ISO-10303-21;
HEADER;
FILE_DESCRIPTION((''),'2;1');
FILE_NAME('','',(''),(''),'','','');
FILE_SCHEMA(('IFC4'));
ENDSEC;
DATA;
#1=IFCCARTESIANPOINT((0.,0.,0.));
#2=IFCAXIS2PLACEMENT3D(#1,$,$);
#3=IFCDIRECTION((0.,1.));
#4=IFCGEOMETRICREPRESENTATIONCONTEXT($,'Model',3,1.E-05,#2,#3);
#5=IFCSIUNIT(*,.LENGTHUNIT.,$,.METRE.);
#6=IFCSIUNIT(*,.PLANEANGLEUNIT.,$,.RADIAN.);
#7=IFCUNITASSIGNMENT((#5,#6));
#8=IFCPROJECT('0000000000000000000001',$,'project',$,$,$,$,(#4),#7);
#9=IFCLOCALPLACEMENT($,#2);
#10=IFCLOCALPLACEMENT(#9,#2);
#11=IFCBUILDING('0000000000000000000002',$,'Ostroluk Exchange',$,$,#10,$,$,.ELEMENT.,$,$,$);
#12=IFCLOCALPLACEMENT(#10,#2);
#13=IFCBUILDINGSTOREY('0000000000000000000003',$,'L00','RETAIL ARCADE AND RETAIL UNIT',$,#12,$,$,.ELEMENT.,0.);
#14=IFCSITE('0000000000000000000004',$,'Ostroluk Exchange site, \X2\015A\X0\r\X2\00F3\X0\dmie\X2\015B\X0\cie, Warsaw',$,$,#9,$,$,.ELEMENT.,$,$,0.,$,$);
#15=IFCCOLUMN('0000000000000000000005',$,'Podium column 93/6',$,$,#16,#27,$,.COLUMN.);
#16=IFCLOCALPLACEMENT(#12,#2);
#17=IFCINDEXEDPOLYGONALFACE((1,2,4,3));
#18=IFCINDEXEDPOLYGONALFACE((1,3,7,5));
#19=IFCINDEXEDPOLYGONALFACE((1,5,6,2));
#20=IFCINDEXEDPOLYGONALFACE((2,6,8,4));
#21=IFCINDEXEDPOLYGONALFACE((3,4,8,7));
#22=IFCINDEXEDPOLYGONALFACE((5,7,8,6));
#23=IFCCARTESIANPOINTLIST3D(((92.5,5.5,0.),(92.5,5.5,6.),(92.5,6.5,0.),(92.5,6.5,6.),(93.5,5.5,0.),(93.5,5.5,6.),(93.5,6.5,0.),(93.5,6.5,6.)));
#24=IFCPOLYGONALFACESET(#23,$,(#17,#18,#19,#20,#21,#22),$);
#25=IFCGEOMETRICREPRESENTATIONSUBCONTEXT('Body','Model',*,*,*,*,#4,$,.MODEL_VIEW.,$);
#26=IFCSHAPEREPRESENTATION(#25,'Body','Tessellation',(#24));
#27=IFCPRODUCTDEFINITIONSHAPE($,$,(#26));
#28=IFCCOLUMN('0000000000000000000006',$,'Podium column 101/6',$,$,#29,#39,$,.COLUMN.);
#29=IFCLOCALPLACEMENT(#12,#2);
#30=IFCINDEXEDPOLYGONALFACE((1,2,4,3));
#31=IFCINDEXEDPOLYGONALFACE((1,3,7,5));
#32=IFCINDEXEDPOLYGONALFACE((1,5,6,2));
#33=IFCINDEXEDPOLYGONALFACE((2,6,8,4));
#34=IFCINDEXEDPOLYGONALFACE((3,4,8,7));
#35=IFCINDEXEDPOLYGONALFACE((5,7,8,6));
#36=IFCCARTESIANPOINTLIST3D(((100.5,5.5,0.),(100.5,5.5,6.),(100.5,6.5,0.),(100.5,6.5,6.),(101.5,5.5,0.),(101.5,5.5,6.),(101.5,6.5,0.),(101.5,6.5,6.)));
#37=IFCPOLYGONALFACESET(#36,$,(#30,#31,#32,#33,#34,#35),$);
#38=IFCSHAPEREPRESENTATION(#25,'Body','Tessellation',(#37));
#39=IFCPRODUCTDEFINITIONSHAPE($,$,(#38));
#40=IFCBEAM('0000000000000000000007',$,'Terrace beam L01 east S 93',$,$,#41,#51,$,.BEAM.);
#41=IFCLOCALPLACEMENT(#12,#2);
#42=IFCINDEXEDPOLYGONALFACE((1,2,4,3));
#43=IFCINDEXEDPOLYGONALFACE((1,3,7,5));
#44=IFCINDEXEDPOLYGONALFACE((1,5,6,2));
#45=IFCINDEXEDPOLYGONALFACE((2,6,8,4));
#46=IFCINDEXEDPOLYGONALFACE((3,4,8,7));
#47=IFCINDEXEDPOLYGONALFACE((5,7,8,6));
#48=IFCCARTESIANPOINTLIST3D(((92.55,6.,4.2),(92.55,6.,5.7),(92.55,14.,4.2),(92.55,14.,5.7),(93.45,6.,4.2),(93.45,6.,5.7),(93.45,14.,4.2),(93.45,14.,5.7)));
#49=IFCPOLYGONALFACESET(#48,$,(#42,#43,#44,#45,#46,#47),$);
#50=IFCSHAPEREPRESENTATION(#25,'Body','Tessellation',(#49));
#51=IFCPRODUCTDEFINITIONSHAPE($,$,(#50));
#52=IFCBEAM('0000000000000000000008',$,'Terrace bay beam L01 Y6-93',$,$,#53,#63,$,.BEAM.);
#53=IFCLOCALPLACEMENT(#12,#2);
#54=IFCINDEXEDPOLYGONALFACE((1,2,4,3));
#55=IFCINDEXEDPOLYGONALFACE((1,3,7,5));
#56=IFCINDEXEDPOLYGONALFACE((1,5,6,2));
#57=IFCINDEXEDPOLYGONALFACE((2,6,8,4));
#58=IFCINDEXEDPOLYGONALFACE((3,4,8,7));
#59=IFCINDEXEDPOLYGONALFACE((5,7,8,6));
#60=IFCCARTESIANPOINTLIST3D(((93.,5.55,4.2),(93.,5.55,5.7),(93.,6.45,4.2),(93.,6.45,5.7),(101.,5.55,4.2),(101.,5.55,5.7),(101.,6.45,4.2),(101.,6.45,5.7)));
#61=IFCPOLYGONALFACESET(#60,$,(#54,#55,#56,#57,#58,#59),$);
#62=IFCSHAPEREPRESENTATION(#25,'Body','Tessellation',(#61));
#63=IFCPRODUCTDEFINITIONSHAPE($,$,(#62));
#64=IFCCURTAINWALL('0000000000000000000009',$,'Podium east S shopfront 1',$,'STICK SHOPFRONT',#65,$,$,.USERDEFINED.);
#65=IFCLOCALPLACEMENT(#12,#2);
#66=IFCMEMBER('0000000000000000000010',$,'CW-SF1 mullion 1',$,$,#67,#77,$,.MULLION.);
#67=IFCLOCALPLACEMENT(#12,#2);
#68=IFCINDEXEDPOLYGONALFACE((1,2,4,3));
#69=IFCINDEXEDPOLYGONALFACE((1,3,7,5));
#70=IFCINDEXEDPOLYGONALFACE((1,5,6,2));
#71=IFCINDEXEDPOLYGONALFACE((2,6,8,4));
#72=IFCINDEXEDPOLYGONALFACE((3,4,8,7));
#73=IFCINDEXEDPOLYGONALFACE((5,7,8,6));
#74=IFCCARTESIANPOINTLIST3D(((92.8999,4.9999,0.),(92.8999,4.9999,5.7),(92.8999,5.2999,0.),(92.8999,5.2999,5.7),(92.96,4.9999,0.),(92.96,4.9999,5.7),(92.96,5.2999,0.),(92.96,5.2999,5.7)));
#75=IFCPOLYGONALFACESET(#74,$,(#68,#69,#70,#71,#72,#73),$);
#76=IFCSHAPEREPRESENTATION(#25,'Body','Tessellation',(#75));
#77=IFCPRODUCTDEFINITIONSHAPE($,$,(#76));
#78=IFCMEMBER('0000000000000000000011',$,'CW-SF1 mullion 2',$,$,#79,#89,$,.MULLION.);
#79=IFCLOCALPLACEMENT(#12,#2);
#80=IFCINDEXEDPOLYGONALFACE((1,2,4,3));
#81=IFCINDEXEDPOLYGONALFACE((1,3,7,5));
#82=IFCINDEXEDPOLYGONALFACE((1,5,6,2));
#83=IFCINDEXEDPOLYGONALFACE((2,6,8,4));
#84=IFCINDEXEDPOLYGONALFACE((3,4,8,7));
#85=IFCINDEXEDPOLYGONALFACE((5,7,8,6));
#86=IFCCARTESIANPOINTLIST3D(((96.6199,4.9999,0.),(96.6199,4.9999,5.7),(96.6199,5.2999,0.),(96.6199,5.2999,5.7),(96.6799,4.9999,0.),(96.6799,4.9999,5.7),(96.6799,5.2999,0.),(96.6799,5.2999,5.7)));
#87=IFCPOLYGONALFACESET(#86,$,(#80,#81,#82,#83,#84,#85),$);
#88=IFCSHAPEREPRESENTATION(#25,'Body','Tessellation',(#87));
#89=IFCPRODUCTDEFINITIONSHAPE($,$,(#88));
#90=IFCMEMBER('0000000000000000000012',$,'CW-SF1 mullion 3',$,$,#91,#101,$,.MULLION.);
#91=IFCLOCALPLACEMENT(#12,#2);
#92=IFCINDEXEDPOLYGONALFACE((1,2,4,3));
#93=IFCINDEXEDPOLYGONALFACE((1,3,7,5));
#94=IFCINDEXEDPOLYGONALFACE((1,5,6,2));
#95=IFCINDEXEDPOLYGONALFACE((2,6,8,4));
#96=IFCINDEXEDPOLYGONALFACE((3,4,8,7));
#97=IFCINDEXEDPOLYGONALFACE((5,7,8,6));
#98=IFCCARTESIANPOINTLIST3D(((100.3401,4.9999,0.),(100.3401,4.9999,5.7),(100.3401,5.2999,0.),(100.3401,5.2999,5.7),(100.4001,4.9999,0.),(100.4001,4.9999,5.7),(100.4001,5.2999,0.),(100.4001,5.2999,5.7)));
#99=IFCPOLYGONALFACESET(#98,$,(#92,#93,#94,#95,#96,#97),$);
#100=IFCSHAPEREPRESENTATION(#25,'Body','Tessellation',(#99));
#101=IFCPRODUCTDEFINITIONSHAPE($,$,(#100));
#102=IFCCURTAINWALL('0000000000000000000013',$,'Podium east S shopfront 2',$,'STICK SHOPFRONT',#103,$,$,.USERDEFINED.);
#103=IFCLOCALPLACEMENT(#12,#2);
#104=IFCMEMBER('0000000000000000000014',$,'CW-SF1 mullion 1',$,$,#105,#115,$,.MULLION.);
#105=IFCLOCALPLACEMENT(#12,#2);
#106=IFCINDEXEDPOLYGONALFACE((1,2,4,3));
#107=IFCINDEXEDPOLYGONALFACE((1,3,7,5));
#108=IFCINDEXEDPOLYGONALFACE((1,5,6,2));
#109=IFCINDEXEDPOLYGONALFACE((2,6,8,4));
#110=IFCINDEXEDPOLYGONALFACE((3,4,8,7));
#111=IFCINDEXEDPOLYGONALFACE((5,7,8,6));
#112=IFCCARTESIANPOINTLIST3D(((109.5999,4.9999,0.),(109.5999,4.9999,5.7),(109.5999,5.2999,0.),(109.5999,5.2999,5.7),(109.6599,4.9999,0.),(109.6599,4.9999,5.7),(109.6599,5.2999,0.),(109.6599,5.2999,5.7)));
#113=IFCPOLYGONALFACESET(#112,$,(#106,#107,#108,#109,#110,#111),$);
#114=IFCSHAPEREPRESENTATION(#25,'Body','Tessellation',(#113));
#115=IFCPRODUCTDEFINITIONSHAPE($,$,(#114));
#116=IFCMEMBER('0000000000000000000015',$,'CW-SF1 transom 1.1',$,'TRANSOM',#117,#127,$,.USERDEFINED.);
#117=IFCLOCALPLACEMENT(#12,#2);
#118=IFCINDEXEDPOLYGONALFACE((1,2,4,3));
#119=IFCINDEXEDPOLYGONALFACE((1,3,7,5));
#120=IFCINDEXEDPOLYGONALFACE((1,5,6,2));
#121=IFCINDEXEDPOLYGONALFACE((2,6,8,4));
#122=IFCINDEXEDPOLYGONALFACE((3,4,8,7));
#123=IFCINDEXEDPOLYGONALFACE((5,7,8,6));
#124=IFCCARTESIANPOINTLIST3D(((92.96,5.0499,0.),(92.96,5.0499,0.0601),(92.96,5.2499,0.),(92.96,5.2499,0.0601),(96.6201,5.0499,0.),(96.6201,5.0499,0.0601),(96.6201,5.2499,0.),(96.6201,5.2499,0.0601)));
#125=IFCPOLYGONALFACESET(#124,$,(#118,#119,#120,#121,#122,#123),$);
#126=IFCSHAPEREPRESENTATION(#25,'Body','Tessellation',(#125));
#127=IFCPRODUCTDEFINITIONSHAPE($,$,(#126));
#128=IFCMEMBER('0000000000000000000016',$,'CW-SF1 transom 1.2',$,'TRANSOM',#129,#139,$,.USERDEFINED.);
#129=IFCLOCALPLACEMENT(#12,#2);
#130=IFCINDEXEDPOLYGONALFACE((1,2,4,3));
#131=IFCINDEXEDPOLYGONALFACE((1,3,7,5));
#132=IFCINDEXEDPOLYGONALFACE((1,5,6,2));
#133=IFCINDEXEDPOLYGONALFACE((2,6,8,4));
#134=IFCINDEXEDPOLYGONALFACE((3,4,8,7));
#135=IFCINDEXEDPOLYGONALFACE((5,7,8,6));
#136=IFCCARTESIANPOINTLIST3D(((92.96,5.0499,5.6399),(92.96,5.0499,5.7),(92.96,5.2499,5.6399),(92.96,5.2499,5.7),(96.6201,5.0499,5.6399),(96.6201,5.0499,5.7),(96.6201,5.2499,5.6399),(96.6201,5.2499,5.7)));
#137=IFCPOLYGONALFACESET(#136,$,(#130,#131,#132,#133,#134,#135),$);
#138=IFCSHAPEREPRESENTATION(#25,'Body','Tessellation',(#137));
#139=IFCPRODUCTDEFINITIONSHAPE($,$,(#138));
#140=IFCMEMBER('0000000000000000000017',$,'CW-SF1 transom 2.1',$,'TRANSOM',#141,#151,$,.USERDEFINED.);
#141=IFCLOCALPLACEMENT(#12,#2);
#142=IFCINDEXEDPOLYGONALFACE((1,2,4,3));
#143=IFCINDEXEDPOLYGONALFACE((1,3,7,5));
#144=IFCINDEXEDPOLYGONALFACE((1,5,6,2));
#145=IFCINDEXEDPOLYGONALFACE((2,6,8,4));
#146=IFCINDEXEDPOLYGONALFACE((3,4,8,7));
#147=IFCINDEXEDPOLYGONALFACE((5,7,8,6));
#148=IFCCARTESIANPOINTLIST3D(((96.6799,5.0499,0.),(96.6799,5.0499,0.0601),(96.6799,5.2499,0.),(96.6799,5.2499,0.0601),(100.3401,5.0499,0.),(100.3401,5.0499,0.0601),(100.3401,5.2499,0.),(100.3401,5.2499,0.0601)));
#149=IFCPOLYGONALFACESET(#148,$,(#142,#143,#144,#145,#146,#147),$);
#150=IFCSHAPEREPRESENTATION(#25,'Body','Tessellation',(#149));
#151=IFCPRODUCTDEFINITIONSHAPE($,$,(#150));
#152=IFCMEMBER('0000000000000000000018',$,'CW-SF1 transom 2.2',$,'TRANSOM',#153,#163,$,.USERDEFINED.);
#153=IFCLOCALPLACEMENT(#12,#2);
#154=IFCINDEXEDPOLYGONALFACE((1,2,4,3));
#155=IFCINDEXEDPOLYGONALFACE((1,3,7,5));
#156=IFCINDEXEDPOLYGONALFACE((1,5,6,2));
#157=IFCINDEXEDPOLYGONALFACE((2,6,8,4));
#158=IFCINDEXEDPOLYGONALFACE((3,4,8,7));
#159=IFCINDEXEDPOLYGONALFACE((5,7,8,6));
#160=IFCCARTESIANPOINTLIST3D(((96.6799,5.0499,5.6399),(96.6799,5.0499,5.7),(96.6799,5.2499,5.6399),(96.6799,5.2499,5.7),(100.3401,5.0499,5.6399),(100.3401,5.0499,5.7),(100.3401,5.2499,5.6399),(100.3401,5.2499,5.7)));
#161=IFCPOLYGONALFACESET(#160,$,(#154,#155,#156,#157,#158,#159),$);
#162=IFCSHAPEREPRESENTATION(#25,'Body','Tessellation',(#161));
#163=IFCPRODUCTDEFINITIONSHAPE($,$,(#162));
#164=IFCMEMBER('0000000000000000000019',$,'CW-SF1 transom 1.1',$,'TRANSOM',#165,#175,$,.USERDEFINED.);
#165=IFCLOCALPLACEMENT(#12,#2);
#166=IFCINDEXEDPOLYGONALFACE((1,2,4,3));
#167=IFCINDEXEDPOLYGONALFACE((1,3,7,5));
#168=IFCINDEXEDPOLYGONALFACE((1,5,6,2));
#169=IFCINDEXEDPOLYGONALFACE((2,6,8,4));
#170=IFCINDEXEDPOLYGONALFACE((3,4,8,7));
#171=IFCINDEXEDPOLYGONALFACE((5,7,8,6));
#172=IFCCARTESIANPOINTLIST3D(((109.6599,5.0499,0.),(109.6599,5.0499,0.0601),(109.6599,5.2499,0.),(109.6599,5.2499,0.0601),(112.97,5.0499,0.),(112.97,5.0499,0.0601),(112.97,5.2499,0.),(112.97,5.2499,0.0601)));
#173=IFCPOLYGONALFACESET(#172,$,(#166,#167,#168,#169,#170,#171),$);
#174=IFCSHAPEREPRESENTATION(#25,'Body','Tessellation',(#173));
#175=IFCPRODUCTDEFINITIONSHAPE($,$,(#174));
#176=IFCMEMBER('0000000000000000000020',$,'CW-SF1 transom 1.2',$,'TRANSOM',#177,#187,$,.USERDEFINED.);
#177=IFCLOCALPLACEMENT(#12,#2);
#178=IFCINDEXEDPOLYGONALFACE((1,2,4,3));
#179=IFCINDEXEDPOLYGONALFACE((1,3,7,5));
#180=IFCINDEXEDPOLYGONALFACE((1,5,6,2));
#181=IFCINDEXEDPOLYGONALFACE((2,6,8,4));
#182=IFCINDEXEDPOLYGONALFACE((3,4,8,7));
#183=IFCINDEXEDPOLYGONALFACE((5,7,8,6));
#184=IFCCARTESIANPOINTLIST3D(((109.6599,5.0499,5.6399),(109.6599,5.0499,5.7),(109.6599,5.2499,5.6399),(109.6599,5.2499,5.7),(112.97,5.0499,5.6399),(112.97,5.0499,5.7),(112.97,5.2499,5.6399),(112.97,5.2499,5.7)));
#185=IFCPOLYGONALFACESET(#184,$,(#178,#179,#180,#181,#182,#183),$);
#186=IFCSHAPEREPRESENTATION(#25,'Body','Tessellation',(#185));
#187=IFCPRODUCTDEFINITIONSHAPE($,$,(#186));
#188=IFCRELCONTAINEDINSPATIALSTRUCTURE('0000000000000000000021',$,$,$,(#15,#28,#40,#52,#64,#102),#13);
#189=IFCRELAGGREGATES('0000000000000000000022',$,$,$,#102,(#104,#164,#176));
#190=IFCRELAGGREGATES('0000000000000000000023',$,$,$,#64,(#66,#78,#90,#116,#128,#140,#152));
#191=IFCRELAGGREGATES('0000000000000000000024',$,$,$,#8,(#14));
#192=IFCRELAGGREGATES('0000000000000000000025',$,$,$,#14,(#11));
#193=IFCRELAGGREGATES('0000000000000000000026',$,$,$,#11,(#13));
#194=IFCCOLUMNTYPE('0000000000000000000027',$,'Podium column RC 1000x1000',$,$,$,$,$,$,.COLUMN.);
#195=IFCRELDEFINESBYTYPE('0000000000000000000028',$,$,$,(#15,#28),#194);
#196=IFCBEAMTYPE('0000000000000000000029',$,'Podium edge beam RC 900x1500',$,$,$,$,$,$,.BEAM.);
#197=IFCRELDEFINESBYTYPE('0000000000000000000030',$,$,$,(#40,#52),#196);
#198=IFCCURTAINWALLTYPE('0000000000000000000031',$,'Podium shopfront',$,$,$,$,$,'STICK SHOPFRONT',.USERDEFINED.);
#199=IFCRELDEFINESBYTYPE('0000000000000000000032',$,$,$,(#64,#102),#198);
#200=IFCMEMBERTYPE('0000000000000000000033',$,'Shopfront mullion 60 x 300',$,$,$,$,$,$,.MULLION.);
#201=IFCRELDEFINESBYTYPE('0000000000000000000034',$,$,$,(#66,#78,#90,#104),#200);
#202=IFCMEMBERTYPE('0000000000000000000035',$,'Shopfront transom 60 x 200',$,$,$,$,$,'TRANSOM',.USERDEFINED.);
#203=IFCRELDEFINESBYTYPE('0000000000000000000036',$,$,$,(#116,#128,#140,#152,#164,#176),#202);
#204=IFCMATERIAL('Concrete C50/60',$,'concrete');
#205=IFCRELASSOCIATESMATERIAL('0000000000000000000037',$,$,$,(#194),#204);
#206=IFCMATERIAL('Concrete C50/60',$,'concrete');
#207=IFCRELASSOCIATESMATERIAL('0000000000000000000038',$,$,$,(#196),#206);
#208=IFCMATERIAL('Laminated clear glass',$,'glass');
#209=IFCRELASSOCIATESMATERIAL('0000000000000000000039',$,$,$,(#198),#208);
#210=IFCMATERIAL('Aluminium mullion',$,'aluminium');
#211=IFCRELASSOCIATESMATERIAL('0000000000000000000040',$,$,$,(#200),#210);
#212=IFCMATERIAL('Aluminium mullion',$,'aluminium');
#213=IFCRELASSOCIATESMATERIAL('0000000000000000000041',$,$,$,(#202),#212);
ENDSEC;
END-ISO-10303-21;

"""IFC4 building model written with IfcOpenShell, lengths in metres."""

from ifc_helpers import new_model, si_unit, direction, frame, origin, origin_2d, place, context, subcontext, project, spatial, rectangle, extrude, material, material_profile, profile_set, type_object, element, aggregate, save


model = new_model("IFC4")

# Units and contexts
model_context = context("Model", 3, precision=1e-05, world=origin(), true_north=direction((0.0, 1.0)))
body_context = subcontext(model_context, "Body", "Model", "MODEL_VIEW")
ifc_project = project(units=[si_unit("LENGTHUNIT", "METRE"), si_unit("PLANEANGLEUNIT", "RADIAN")], contexts=[model_context])

# Site, building, storey
site_placement = place(None, origin())
site = spatial("IfcSite", under=ifc_project, at=site_placement, Name="Ostroluk Exchange site, Śródmieście, Warsaw", CompositionType="ELEMENT", RefElevation=0.0)
building_placement = place(site_placement, origin())
building = spatial("IfcBuilding", under=site, at=building_placement, Name="Ostroluk Exchange", CompositionType="ELEMENT")
storey_placement = place(building_placement, origin())
storey = spatial("IfcBuildingStorey", under=building, at=storey_placement, Name="L00", Description="RETAIL ARCADE AND RETAIL UNIT", CompositionType="ELEMENT", Elevation=0.0)

# Columns
ifc_material_1 = material(Name="Concrete C50/60", Category="concrete")
ifc_material_profile_1 = material_profile(ifc_material_1, rectangle(XDim=1.0, YDim=1.0, at=origin_2d()), Name="RC 1000x1000")
ifc_profile_set_1 = profile_set([ifc_material_profile_1], Name="Concrete C50/60")
column_type = type_object("IfcColumnType", Name="Podium column RC 1000x1000", PredefinedType="COLUMN", material=ifc_profile_set_1)
for number, where, z_axis, x_axis, name in (
    (1, (93.0, 6.0, 0.0), (0.0, 0.0, 1.0), (1.0, 0.0, 0.0), "Podium column 93/6"),
    (2, (101.0, 6.0, 0.0), (0.0, 0.0, 1.0), (1.0, 0.0, 0.0), "Podium column 101/6"),
):
    element("IfcColumn", number, at=place(storey_placement, frame(where, z_axis=z_axis, x_axis=x_axis)), inside=storey, type_object=column_type, Name=name, PredefinedType="COLUMN", context=body_context, shape_type="SweptSolid", body=[
        extrude(rectangle(XDim=1.0, YDim=1.0, at=origin_2d()), origin(), (0.0, 0.0, 1.0), 6.0),
    ])

# Beams
ifc_material_2 = material(Name="Concrete C50/60", Category="concrete")
ifc_material_profile_2 = material_profile(ifc_material_2, rectangle(XDim=0.8999, YDim=1.5, at=origin_2d()), Name="RC 900x1500")
ifc_profile_set_2 = profile_set([ifc_material_profile_2], Name="Concrete C50/60")
beam_type = type_object("IfcBeamType", Name="Podium edge beam RC 900x1500", PredefinedType="BEAM", material=ifc_profile_set_2)
for number, where, z_axis, x_axis, name in (
    (3, (93.0, 6.0, 4.95), (0.0, 1.0, 0.0), (-1.0, 0.0, 0.0), "Terrace beam L01 east S 93"),
    (4, (93.0, 6.0, 4.95), (1.0, 0.0, 0.0), (0.0, 1.0, 0.0), "Terrace bay beam L01 Y6-93"),
):
    element("IfcBeam", number, at=place(storey_placement, frame(where, z_axis=z_axis, x_axis=x_axis)), inside=storey, type_object=beam_type, Name=name, PredefinedType="BEAM", context=body_context, shape_type="SweptSolid", body=[
        extrude(rectangle(XDim=0.8999, YDim=1.5, at=origin_2d()), origin(), (0.0, 0.0, 1.0), 8.0),
    ])

# Curtain wall, members
ifc_material_3 = material(Name="Laminated clear glass", Category="glass")
curtain_wall_type = type_object("IfcCurtainWallType", Name="Podium shopfront", ElementType="STICK SHOPFRONT", PredefinedType="USERDEFINED", material=ifc_material_3)
curtain_wall_1_placement = place(storey_placement, origin())
curtain_wall_1 = element("IfcCurtainWall", 5, at=curtain_wall_1_placement, inside=storey, type_object=curtain_wall_type, Name="Podium east S shopfront 1", ObjectType="STICK SHOPFRONT", PredefinedType="USERDEFINED")
ifc_material_4 = material(Name="Aluminium mullion", Category="aluminium")
ifc_material_profile_3 = material_profile(ifc_material_4, rectangle(XDim=0.3, YDim=0.0601, at=origin_2d()), Name="Shopfront mullion 60 x 300")
ifc_profile_set_3 = profile_set([ifc_material_profile_3], Name="Aluminium mullion")
member_type_1 = type_object("IfcMemberType", Name="Shopfront mullion 60 x 300", PredefinedType="MULLION", material=ifc_profile_set_3)
member_1_placement = place(storey_placement, frame((92.9299, 5.1499, 0.0), z_axis=(0.0, 0.0, 1.0), x_axis=(0.0, 1.0, 0.0)))
member_1 = element("IfcMember", 6, at=member_1_placement, type_object=member_type_1, Name="CW-SF1 mullion 1", PredefinedType="MULLION", context=body_context, shape_type="SweptSolid", body=[
    extrude(rectangle(XDim=0.3, YDim=0.0601, at=origin_2d()), origin(), (0.0, 0.0, 1.0), 5.7),
])
member_2_placement = place(storey_placement, frame((96.6499, 5.1499, 0.0), z_axis=(0.0, 0.0, 1.0), x_axis=(0.0, 1.0, 0.0)))
member_2 = element("IfcMember", 7, at=member_2_placement, type_object=member_type_1, Name="CW-SF1 mullion 2", PredefinedType="MULLION", context=body_context, shape_type="SweptSolid", body=[
    extrude(rectangle(XDim=0.3, YDim=0.0601, at=origin_2d()), origin(), (0.0, 0.0, 1.0), 5.7),
])
member_3_placement = place(storey_placement, frame((100.3701, 5.1499, 0.0), z_axis=(0.0, 0.0, 1.0), x_axis=(0.0, 1.0, 0.0)))
member_3 = element("IfcMember", 8, at=member_3_placement, type_object=member_type_1, Name="CW-SF1 mullion 3", PredefinedType="MULLION", context=body_context, shape_type="SweptSolid", body=[
    extrude(rectangle(XDim=0.3, YDim=0.0601, at=origin_2d()), origin(), (0.0, 0.0, 1.0), 5.7),
])

# Curtain wall, member
curtain_wall_2_placement = place(storey_placement, origin())
curtain_wall_2 = element("IfcCurtainWall", 9, at=curtain_wall_2_placement, inside=storey, type_object=curtain_wall_type, Name="Podium east S shopfront 2", ObjectType="STICK SHOPFRONT", PredefinedType="USERDEFINED")
member_4_placement = place(storey_placement, frame((109.6299, 5.1499, 0.0), z_axis=(0.0, 0.0, 1.0), x_axis=(0.0, 1.0, 0.0)))
member_4 = element("IfcMember", 10, at=member_4_placement, type_object=member_type_1, Name="CW-SF1 mullion 1", PredefinedType="MULLION", context=body_context, shape_type="SweptSolid", body=[
    extrude(rectangle(XDim=0.3, YDim=0.0601, at=origin_2d()), origin(), (0.0, 0.0, 1.0), 5.7),
])

# Members
ifc_material_5 = material(Name="Aluminium mullion", Category="aluminium")
ifc_material_profile_4 = material_profile(ifc_material_5, rectangle(XDim=0.2, YDim=0.0601, at=origin_2d()), Name="Shopfront transom 60 x 200")
ifc_profile_set_4 = profile_set([ifc_material_profile_4], Name="Aluminium mullion")
member_type_2 = type_object("IfcMemberType", Name="Shopfront transom 60 x 200", ElementType="TRANSOM", PredefinedType="USERDEFINED", material=ifc_profile_set_4)
member_5_placement = place(storey_placement, frame((92.96, 5.1499, 0.03), z_axis=(1.0, 0.0, 0.0), x_axis=(0.0, 1.0, 0.0)))
member_5 = element("IfcMember", 11, at=member_5_placement, type_object=member_type_2, Name="CW-SF1 transom 1.1", ObjectType="TRANSOM", PredefinedType="USERDEFINED", context=body_context, shape_type="SweptSolid", body=[
    extrude(rectangle(XDim=0.2, YDim=0.0601, at=origin_2d()), origin(), (0.0, 0.0, 1.0), 3.6602),
])
member_6_placement = place(storey_placement, frame((92.96, 5.1499, 5.6699), z_axis=(1.0, 0.0, 0.0), x_axis=(0.0, 1.0, 0.0)))
member_6 = element("IfcMember", 12, at=member_6_placement, type_object=member_type_2, Name="CW-SF1 transom 1.2", ObjectType="TRANSOM", PredefinedType="USERDEFINED", context=body_context, shape_type="SweptSolid", body=[
    extrude(rectangle(XDim=0.2, YDim=0.0601, at=origin_2d()), origin(), (0.0, 0.0, 1.0), 3.6602),
])
member_7_placement = place(storey_placement, frame((96.6799, 5.1499, 0.03), z_axis=(1.0, 0.0, 0.0), x_axis=(0.0, 1.0, 0.0)))
member_7 = element("IfcMember", 13, at=member_7_placement, type_object=member_type_2, Name="CW-SF1 transom 2.1", ObjectType="TRANSOM", PredefinedType="USERDEFINED", context=body_context, shape_type="SweptSolid", body=[
    extrude(rectangle(XDim=0.2, YDim=0.0601, at=origin_2d()), origin(), (0.0, 0.0, 1.0), 3.6602),
])
member_8_placement = place(storey_placement, frame((96.6799, 5.1499, 5.6699), z_axis=(1.0, 0.0, 0.0), x_axis=(0.0, 1.0, 0.0)))
member_8 = element("IfcMember", 14, at=member_8_placement, type_object=member_type_2, Name="CW-SF1 transom 2.2", ObjectType="TRANSOM", PredefinedType="USERDEFINED", context=body_context, shape_type="SweptSolid", body=[
    extrude(rectangle(XDim=0.2, YDim=0.0601, at=origin_2d()), origin(), (0.0, 0.0, 1.0), 3.6602),
])
member_9_placement = place(storey_placement, frame((109.6599, 5.1499, 0.03), z_axis=(1.0, 0.0, 0.0), x_axis=(0.0, 1.0, 0.0)))
member_9 = element("IfcMember", 15, at=member_9_placement, type_object=member_type_2, Name="CW-SF1 transom 1.1", ObjectType="TRANSOM", PredefinedType="USERDEFINED", context=body_context, shape_type="SweptSolid", body=[
    extrude(rectangle(XDim=0.2, YDim=0.0601, at=origin_2d()), origin(), (0.0, 0.0, 1.0), 3.3101),
])
member_10_placement = place(storey_placement, frame((109.6599, 5.1499, 5.6699), z_axis=(1.0, 0.0, 0.0), x_axis=(0.0, 1.0, 0.0)))
member_10 = element("IfcMember", 16, at=member_10_placement, type_object=member_type_2, Name="CW-SF1 transom 1.2", ObjectType="TRANSOM", PredefinedType="USERDEFINED", context=body_context, shape_type="SweptSolid", body=[
    extrude(rectangle(XDim=0.2, YDim=0.0601, at=origin_2d()), origin(), (0.0, 0.0, 1.0), 3.3101),
])
aggregate(curtain_wall_2, [member_4, member_9, member_10])

aggregate(curtain_wall_1, [member_1, member_2, member_3, member_5, member_6, member_7, member_8])

save(model, "model.ifc")
